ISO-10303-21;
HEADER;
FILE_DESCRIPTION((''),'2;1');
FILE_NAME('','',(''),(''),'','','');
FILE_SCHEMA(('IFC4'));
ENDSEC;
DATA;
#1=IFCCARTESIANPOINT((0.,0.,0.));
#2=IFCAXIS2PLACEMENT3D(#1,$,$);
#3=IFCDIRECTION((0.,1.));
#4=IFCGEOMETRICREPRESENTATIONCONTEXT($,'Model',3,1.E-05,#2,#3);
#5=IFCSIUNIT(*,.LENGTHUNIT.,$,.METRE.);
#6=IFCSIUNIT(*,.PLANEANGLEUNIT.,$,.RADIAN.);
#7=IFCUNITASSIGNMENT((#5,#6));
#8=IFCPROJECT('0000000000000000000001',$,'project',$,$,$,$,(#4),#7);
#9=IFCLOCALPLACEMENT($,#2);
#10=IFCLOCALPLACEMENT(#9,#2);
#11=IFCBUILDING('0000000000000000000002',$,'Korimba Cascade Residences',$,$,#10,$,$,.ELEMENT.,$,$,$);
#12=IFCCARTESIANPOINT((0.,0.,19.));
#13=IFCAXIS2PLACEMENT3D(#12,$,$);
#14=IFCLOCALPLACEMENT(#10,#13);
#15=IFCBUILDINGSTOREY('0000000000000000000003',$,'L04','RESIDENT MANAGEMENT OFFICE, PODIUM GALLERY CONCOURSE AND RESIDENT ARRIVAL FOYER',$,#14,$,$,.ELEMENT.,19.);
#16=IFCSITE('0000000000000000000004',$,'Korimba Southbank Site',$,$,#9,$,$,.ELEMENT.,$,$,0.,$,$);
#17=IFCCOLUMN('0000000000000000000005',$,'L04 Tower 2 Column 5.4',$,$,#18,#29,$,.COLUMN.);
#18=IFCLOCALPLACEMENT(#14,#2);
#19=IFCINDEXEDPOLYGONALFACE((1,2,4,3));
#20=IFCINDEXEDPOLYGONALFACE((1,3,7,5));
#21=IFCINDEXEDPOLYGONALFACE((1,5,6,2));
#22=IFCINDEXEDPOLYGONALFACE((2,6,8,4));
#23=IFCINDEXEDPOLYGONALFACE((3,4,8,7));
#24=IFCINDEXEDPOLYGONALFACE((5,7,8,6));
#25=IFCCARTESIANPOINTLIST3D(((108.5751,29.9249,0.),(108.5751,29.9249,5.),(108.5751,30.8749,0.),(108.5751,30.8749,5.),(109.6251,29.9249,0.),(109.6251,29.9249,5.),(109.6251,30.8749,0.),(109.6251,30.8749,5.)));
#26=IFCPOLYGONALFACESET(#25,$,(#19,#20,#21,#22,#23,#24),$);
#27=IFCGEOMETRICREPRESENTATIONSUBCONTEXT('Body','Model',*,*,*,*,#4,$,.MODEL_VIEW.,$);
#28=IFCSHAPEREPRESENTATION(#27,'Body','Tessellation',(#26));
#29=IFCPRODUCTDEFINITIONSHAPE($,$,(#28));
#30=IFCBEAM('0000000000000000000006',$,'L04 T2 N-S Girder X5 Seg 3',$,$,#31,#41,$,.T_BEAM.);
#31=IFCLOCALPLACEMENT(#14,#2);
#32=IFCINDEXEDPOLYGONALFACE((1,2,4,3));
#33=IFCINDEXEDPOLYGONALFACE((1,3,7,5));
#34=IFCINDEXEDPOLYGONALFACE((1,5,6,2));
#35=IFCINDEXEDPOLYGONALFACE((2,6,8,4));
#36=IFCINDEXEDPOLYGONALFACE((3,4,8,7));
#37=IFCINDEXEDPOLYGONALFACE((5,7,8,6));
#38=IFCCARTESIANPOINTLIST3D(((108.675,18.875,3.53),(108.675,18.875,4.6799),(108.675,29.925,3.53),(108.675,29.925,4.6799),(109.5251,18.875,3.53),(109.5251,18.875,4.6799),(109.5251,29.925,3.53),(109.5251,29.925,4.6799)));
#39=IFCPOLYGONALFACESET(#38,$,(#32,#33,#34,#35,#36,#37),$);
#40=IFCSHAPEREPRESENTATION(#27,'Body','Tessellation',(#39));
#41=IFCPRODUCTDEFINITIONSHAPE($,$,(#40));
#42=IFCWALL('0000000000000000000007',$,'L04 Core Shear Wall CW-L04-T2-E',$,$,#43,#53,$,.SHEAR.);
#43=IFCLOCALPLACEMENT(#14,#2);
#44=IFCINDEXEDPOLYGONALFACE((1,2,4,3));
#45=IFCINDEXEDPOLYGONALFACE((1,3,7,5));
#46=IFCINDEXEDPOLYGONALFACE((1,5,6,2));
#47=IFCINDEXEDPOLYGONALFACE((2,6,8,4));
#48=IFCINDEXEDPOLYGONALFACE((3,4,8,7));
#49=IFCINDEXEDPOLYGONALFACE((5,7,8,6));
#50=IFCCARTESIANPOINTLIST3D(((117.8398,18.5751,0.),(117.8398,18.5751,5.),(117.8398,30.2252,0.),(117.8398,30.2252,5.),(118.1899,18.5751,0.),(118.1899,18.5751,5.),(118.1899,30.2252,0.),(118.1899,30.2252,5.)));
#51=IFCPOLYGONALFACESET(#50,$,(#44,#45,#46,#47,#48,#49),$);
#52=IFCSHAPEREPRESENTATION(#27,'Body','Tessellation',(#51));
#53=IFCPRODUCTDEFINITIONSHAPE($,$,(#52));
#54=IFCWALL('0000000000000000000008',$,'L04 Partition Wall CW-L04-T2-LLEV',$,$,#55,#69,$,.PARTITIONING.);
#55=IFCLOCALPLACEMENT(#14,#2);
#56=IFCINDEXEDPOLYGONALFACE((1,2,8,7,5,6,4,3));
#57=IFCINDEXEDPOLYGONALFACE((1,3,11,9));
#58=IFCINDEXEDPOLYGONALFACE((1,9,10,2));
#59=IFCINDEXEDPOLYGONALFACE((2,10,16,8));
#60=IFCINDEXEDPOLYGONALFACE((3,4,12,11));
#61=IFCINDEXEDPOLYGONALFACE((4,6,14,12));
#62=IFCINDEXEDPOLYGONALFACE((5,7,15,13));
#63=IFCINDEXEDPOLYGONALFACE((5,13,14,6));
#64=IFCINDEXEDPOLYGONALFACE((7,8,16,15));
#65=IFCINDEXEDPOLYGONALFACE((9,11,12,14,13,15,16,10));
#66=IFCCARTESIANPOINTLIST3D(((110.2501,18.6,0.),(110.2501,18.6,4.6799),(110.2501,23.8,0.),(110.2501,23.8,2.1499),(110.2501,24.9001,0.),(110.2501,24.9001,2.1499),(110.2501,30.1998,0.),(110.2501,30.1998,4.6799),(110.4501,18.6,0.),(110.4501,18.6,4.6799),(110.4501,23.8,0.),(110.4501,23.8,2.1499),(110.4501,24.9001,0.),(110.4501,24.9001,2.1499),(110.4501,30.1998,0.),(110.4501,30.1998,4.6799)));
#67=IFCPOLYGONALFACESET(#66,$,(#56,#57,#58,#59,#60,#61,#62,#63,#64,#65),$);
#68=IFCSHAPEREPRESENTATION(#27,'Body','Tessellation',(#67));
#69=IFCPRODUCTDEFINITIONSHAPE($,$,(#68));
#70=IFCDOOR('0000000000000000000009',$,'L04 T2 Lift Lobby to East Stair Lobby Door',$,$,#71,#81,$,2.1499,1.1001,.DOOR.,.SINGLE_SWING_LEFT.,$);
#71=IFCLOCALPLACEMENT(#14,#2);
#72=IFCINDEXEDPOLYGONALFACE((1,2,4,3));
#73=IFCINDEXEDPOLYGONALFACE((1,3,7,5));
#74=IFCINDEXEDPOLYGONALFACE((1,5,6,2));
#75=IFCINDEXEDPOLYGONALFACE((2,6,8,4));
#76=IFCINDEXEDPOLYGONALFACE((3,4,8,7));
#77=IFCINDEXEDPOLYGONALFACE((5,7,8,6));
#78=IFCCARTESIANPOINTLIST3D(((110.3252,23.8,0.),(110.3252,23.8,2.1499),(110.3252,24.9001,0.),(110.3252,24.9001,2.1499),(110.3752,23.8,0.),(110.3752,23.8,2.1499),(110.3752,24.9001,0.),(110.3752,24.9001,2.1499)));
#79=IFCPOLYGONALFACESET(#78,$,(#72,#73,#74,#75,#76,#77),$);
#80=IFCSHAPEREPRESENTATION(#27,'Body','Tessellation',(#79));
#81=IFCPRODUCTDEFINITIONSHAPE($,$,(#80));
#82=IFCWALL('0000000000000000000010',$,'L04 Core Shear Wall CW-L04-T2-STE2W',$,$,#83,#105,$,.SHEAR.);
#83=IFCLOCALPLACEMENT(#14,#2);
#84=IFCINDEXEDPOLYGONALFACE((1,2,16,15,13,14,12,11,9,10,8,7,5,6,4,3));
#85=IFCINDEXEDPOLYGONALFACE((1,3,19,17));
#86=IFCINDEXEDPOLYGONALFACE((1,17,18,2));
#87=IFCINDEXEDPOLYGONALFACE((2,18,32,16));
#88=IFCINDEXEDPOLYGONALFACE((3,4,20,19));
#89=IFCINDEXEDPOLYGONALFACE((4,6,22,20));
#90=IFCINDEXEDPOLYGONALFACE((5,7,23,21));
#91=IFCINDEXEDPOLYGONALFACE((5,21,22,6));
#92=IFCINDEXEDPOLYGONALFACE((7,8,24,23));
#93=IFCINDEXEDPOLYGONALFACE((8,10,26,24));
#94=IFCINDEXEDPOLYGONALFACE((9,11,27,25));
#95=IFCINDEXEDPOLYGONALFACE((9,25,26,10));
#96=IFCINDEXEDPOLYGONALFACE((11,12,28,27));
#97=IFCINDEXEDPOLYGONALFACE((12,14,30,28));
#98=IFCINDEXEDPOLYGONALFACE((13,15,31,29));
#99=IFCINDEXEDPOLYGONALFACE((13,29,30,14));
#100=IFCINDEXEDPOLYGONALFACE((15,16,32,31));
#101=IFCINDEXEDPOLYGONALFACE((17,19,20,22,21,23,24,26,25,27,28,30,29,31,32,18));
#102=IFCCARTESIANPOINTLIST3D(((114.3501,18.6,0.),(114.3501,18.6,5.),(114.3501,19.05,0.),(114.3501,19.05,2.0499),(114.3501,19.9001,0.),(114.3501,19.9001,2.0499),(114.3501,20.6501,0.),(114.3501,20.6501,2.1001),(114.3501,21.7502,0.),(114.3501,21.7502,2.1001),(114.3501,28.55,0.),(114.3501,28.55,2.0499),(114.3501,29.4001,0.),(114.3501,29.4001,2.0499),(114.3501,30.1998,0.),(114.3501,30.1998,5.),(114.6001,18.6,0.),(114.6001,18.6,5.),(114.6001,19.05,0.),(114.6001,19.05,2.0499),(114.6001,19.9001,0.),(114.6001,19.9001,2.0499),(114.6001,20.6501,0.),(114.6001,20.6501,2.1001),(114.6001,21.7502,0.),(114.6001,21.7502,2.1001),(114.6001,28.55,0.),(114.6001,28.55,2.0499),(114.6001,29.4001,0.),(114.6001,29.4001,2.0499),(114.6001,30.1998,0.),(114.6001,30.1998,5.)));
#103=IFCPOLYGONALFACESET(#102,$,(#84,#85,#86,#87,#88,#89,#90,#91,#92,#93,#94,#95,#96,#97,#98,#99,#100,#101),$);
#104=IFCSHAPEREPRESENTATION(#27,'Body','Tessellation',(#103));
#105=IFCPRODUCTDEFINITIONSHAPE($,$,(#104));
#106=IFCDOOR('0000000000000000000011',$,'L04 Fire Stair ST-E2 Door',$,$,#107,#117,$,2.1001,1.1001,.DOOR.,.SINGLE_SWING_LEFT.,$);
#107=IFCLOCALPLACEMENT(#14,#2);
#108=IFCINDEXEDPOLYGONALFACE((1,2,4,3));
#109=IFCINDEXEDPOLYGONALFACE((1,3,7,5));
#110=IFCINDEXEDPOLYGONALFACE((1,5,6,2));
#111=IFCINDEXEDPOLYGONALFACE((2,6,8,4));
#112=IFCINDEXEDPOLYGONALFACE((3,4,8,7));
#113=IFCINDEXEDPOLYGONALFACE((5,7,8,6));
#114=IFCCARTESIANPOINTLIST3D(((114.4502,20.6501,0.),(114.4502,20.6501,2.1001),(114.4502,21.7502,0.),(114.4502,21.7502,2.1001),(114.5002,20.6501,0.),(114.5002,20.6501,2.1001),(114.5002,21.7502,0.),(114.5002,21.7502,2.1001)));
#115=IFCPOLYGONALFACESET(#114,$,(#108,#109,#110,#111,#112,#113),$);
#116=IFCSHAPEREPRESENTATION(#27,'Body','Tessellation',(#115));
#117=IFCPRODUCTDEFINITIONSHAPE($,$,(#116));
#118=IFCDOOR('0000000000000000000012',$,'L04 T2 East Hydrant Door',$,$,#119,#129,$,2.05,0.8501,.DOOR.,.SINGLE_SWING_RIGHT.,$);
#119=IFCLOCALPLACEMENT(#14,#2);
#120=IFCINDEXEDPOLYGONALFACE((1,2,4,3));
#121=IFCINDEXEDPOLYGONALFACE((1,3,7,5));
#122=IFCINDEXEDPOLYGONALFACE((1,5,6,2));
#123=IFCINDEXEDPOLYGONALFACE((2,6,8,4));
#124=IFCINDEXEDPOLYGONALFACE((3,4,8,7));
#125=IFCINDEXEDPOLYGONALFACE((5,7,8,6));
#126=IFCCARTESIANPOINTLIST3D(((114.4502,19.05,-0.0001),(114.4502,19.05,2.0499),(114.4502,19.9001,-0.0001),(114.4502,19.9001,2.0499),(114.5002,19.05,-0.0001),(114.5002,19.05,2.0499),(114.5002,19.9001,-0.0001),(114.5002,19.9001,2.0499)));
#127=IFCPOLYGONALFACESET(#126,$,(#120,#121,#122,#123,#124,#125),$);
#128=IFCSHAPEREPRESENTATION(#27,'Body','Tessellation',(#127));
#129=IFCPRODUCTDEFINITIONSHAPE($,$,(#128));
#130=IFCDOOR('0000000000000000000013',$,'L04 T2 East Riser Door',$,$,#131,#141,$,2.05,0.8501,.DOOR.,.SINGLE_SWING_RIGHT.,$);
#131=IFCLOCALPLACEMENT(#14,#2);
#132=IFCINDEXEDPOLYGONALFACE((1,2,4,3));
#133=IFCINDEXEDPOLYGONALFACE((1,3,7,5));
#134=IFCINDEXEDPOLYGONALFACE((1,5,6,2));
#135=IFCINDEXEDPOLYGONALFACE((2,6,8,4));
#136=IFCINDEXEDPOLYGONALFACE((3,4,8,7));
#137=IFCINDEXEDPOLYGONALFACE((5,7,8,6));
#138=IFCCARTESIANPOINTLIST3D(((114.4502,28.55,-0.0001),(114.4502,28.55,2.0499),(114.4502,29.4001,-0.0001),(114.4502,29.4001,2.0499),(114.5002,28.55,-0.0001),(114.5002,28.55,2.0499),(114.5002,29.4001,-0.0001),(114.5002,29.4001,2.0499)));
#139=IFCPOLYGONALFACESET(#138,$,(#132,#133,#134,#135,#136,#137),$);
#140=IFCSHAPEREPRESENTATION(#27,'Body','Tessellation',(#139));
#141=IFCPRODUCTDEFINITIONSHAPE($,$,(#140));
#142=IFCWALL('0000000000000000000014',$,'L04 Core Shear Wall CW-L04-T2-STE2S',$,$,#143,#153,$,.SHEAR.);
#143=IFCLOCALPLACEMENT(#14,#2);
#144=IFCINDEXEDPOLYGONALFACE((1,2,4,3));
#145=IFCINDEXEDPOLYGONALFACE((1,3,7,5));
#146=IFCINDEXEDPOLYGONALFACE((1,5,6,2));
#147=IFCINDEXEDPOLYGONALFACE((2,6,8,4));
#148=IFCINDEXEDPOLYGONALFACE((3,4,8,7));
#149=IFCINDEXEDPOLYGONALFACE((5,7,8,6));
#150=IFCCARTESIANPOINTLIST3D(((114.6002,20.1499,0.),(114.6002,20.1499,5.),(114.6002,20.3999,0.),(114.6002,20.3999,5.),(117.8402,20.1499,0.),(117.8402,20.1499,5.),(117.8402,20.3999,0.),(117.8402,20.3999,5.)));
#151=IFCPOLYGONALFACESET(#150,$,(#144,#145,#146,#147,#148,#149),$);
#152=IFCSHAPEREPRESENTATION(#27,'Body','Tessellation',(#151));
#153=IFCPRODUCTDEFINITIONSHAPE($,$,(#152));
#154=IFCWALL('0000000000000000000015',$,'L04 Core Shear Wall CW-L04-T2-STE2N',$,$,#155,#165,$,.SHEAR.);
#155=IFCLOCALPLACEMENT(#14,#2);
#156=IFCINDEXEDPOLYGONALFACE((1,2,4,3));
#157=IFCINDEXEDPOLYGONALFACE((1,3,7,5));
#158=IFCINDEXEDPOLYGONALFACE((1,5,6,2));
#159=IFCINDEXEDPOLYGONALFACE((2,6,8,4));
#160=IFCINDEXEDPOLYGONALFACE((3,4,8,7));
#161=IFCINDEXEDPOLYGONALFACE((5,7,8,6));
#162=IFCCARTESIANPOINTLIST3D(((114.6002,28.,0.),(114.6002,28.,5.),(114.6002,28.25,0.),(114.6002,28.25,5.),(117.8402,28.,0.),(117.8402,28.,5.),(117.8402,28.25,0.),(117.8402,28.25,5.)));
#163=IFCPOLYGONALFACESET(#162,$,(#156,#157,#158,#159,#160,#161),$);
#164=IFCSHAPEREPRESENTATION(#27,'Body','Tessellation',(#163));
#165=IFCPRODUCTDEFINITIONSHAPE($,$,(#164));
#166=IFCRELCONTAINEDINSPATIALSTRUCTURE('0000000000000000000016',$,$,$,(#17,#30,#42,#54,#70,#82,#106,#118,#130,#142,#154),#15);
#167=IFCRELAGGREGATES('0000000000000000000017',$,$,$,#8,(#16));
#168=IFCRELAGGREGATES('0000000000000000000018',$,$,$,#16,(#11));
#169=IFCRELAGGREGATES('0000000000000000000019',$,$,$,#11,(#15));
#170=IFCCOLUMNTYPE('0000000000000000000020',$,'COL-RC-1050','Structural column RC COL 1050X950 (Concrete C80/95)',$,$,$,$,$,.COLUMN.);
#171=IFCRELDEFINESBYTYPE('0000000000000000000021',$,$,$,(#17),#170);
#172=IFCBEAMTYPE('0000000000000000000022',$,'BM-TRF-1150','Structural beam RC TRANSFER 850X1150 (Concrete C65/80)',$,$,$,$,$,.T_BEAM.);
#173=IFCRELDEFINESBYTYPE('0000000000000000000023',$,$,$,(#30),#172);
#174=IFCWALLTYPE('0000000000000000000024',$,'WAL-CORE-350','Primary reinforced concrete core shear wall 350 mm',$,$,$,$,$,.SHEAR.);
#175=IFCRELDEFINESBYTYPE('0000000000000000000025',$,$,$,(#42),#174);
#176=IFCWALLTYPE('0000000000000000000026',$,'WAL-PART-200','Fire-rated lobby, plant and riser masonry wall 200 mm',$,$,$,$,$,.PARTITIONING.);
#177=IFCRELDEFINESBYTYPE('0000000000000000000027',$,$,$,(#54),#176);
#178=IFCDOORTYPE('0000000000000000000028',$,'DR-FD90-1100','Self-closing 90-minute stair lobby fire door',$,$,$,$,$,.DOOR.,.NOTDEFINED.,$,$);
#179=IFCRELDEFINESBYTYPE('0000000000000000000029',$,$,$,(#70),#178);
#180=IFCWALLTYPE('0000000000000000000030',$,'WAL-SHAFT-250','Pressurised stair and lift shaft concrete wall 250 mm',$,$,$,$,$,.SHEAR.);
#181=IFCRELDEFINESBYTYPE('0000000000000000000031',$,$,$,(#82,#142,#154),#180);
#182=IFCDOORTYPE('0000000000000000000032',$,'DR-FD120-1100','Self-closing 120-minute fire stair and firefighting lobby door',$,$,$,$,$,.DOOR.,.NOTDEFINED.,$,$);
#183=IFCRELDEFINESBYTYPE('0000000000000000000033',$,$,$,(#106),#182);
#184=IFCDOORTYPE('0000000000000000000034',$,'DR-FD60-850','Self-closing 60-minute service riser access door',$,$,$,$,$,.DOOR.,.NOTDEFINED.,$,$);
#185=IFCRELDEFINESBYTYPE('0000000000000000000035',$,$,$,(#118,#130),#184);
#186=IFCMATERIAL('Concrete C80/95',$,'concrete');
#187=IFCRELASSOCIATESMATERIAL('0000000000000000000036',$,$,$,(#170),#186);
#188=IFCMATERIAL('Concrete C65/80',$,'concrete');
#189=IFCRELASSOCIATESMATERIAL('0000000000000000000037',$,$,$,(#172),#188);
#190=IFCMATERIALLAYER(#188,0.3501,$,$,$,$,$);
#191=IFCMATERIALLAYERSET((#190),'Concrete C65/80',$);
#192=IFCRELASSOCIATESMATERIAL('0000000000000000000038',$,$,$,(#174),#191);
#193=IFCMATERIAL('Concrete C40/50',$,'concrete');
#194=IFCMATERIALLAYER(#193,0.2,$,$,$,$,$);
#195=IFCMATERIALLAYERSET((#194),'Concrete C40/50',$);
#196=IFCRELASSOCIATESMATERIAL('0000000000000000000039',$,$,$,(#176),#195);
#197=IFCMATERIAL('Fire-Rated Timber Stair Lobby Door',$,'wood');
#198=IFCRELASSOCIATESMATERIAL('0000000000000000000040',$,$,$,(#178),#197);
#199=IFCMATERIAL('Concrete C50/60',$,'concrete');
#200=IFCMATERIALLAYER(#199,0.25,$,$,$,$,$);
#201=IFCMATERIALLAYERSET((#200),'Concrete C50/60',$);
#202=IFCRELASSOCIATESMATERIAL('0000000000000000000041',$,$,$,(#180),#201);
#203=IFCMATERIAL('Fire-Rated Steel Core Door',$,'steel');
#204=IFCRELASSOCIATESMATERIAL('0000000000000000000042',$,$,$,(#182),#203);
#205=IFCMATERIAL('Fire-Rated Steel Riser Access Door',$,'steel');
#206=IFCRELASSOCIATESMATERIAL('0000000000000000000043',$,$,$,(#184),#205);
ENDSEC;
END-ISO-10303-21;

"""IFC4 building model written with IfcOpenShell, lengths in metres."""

from ifc_helpers import new_model, si_unit, direction, frame, frame_2d, origin, origin_2d, place, context, subcontext, project, spatial, rectangle, extrude, material, layer, layer_set, material_profile, profile_set, type_object, element, fill, save


model = new_model("IFC4")

# Units and contexts
model_context = context("Model", 3, precision=1e-05, world=origin(), true_north=direction((0.0, 1.0)))
body_context = subcontext(model_context, "Body", "Model", "MODEL_VIEW")
ifc_project = project(units=[si_unit("LENGTHUNIT", "METRE"), si_unit("PLANEANGLEUNIT", "RADIAN")], contexts=[model_context])

# Site, building, storey
site_placement = place(None, origin())
site = spatial("IfcSite", under=ifc_project, at=site_placement, Name="Korimba Southbank Site", CompositionType="ELEMENT", RefElevation=0.0)
building_placement = place(site_placement, origin())
building = spatial("IfcBuilding", under=site, at=building_placement, Name="Korimba Cascade Residences", CompositionType="ELEMENT")
storey_placement = place(building_placement, frame((0.0, 0.0, 19.0)))
storey = spatial("IfcBuildingStorey", under=building, at=storey_placement, Name="L04", Description="RESIDENT MANAGEMENT OFFICE, PODIUM GALLERY CONCOURSE AND RESIDENT ARRIVAL FOYER", CompositionType="ELEMENT", Elevation=19.0)

# Column
ifc_material_1 = material(Name="Concrete C80/95", Category="concrete")
ifc_material_profile_1 = material_profile(ifc_material_1, rectangle(XDim=1.05, YDim=0.95, at=origin_2d()), Name="Concrete C80/95")
ifc_profile_set_1 = profile_set([ifc_material_profile_1], Name="Concrete C80/95")
column_type = type_object("IfcColumnType", Name="COL-RC-1050", Description="Structural column RC COL 1050X950 (Concrete C80/95)", PredefinedType="COLUMN", material=ifc_profile_set_1)
column_placement = place(storey_placement, frame((109.1001, 30.3999, 0.0), z_axis=(0.0, 0.0, 1.0), x_axis=(1.0, 0.0, 0.0)))
element("IfcColumn", 1, at=column_placement, inside=storey, type_object=column_type, Name="L04 Tower 2 Column 5.4", PredefinedType="COLUMN", context=body_context, shape_type="SweptSolid", body=[
    extrude(rectangle(XDim=1.05, YDim=0.95, at=origin_2d()), origin(), (0.0, 0.0, 1.0), 5.0),
])

# Beam
ifc_material_2 = material(Name="Concrete C65/80", Category="concrete")
ifc_material_profile_2 = material_profile(ifc_material_2, rectangle(XDim=0.8501, YDim=1.1499, at=origin_2d()), Name="Concrete C65/80")
ifc_profile_set_2 = profile_set([ifc_material_profile_2], Name="Concrete C65/80")
beam_type = type_object("IfcBeamType", Name="BM-TRF-1150", Description="Structural beam RC TRANSFER 850X1150 (Concrete C65/80)", PredefinedType="T_BEAM", material=ifc_profile_set_2)
beam_placement = place(storey_placement, frame((109.1001, 18.875, 4.105), z_axis=(0.0, 1.0, 0.0), x_axis=(-1.0, 0.0, 0.0)))
element("IfcBeam", 2, at=beam_placement, inside=storey, type_object=beam_type, Name="L04 T2 N-S Girder X5 Seg 3", PredefinedType="T_BEAM", context=body_context, shape_type="SweptSolid", body=[
    extrude(rectangle(XDim=0.8501, YDim=1.1499, at=origin_2d()), origin(), (0.0, 0.0, 1.0), 11.05),
])

# Wall
ifc_layer_1 = layer(ifc_material_2, 0.3501)
ifc_layer_set_1 = layer_set([ifc_layer_1], Name="Concrete C65/80")
wall_type_1 = type_object("IfcWallType", Name="WAL-CORE-350", Description="Primary reinforced concrete core shear wall 350 mm", PredefinedType="SHEAR", material=ifc_layer_set_1)
wall_1_placement = place(storey_placement, frame((118.0149, 18.575, 0.0), z_axis=(0.0, 0.0, 1.0), x_axis=(0.0, 1.0, 0.0)))
element("IfcWall", 3, at=wall_1_placement, inside=storey, type_object=wall_type_1, Name="L04 Core Shear Wall CW-L04-T2-E", PredefinedType="SHEAR", context=body_context, shape_type="SweptSolid", body=[
    extrude(rectangle(XDim=11.6501, YDim=0.3501, at=frame_2d((5.8252, 0.0))), origin(), (0.0, 0.0, 1.0), 5.0),
])

# Wall, opening, door
ifc_material_3 = material(Name="Concrete C40/50", Category="concrete")
ifc_layer_2 = layer(ifc_material_3, 0.2)
ifc_layer_set_2 = layer_set([ifc_layer_2], Name="Concrete C40/50")
wall_type_2 = type_object("IfcWallType", Name="WAL-PART-200", Description="Fire-rated lobby, plant and riser masonry wall 200 mm", PredefinedType="PARTITIONING", material=ifc_layer_set_2)
wall_2_placement = place(storey_placement, frame((110.3501, 18.6001, 0.0), z_axis=(0.0, 0.0, 1.0), x_axis=(0.0, 1.0, 0.0)))
wall_2 = element("IfcWall", 4, at=wall_2_placement, inside=storey, type_object=wall_type_2, Name="L04 Partition Wall CW-L04-T2-LLEV", PredefinedType="PARTITIONING", context=body_context, shape_type="SweptSolid", body=[
    extrude(rectangle(XDim=11.5999, YDim=0.2, at=frame_2d((5.7998, 0.0))), origin(), (0.0, 0.0, 1.0), 4.6799),
])
opening_1_placement = place(wall_2_placement, frame((5.2, 0.0, 0.0)))
opening_1 = element("IfcOpeningElement", 5, at=opening_1_placement, cuts=wall_2, PredefinedType="OPENING", context=body_context, shape_type="SweptSolid", body=[
    extrude(rectangle(XDim=1.1001, YDim=2.1499, at=frame_2d((0.55, 1.075))), frame((0.0, 0.1099, 0.0), z_axis=(0.0, -1.0, 0.0), x_axis=(1.0, 0.0, 0.0)), (0.0, 0.0, 1.0), 0.22),
])
ifc_material_4 = material(Name="Fire-Rated Timber Stair Lobby Door", Category="wood")
door_type_1 = type_object("IfcDoorType", Name="DR-FD90-1100", Description="Self-closing 90-minute stair lobby fire door", OperationType="NOTDEFINED", PredefinedType="DOOR", material=ifc_material_4)
door_1_placement = place(opening_1_placement, origin())
door_1 = element("IfcDoor", 6, at=door_1_placement, inside=storey, type_object=door_type_1, Name="L04 T2 Lift Lobby to East Stair Lobby Door", OperationType="SINGLE_SWING_LEFT", OverallHeight=2.1499, OverallWidth=1.1001, PredefinedType="DOOR", context=body_context, shape_type="SweptSolid", body=[
    extrude(rectangle(XDim=1.1001, YDim=2.1499, at=frame_2d((0.55, 1.075))), frame((0.0, 0.0249, 0.0), z_axis=(0.0, -1.0, 0.0), x_axis=(1.0, 0.0, 0.0)), (0.0, 0.0, 1.0), 0.05),
])
fill(opening_1, door_1)

# Wall, openings, doors
ifc_material_5 = material(Name="Concrete C50/60", Category="concrete")
ifc_layer_3 = layer(ifc_material_5, 0.25)
ifc_layer_set_3 = layer_set([ifc_layer_3], Name="Concrete C50/60")
wall_type_3 = type_object("IfcWallType", Name="WAL-SHAFT-250", Description="Pressurised stair and lift shaft concrete wall 250 mm", PredefinedType="SHEAR", material=ifc_layer_set_3)
wall_3_placement = place(storey_placement, frame((114.4751, 18.6001, 0.0), z_axis=(0.0, 0.0, 1.0), x_axis=(0.0, 1.0, 0.0)))
wall_3 = element("IfcWall", 7, at=wall_3_placement, inside=storey, type_object=wall_type_3, Name="L04 Core Shear Wall CW-L04-T2-STE2W", PredefinedType="SHEAR", context=body_context, shape_type="SweptSolid", body=[
    extrude(rectangle(XDim=11.5999, YDim=0.25, at=frame_2d((5.7998, 0.0))), origin(), (0.0, 0.0, 1.0), 5.0),
])
opening_2_placement = place(wall_3_placement, frame((0.45, 0.0, 0.0)))
opening_2 = element("IfcOpeningElement", 8, at=opening_2_placement, cuts=wall_3, PredefinedType="OPENING", context=body_context, shape_type="SweptSolid", body=[
    extrude(rectangle(XDim=0.8501, YDim=2.05, at=frame_2d((0.425, 1.0249))), frame((0.0, 0.135, 0.0), z_axis=(0.0, -1.0, 0.0), x_axis=(1.0, 0.0, 0.0)), (0.0, 0.0, 1.0), 0.27),
])
opening_3_placement = place(wall_3_placement, frame((2.05, 0.0, 0.0)))
opening_3 = element("IfcOpeningElement", 9, at=opening_3_placement, cuts=wall_3, PredefinedType="OPENING", context=body_context, shape_type="SweptSolid", body=[
    extrude(rectangle(XDim=1.1001, YDim=2.1001, at=frame_2d((0.55, 1.05))), frame((0.0, 0.135, 0.0), z_axis=(0.0, -1.0, 0.0), x_axis=(1.0, 0.0, 0.0)), (0.0, 0.0, 1.0), 0.27),
])
opening_4_placement = place(wall_3_placement, frame((9.95, 0.0, 0.0)))
opening_4 = element("IfcOpeningElement", 10, at=opening_4_placement, cuts=wall_3, PredefinedType="OPENING", context=body_context, shape_type="SweptSolid", body=[
    extrude(rectangle(XDim=0.8501, YDim=2.05, at=frame_2d((0.425, 1.0249))), frame((0.0, 0.135, 0.0), z_axis=(0.0, -1.0, 0.0), x_axis=(1.0, 0.0, 0.0)), (0.0, 0.0, 1.0), 0.27),
])
ifc_material_6 = material(Name="Fire-Rated Steel Core Door", Category="steel")
door_type_2 = type_object("IfcDoorType", Name="DR-FD120-1100", Description="Self-closing 120-minute fire stair and firefighting lobby door", OperationType="NOTDEFINED", PredefinedType="DOOR", material=ifc_material_6)
door_2_placement = place(opening_3_placement, origin())
door_2 = element("IfcDoor", 11, at=door_2_placement, inside=storey, type_object=door_type_2, Name="L04 Fire Stair ST-E2 Door", OperationType="SINGLE_SWING_LEFT", OverallHeight=2.1001, OverallWidth=1.1001, PredefinedType="DOOR", context=body_context, shape_type="SweptSolid", body=[
    extrude(rectangle(XDim=1.1001, YDim=2.1001, at=frame_2d((0.55, 1.05))), frame((0.0, 0.0249, 0.0), z_axis=(0.0, -1.0, 0.0), x_axis=(1.0, 0.0, 0.0)), (0.0, 0.0, 1.0), 0.05),
])
fill(opening_3, door_2)
ifc_material_7 = material(Name="Fire-Rated Steel Riser Access Door", Category="steel")
door_type_3 = type_object("IfcDoorType", Name="DR-FD60-850", Description="Self-closing 60-minute service riser access door", OperationType="NOTDEFINED", PredefinedType="DOOR", material=ifc_material_7)
door_3_placement = place(opening_2_placement, origin())
door_3 = element("IfcDoor", 12, at=door_3_placement, inside=storey, type_object=door_type_3, Name="L04 T2 East Hydrant Door", OperationType="SINGLE_SWING_RIGHT", OverallHeight=2.05, OverallWidth=0.8501, PredefinedType="DOOR", context=body_context, shape_type="SweptSolid", body=[
    extrude(rectangle(XDim=0.8501, YDim=2.05, at=frame_2d((0.425, 1.0249))), frame((0.0, 0.0249, 0.0), z_axis=(0.0, -1.0, 0.0), x_axis=(1.0, 0.0, 0.0)), (0.0, 0.0, 1.0), 0.05),
])
fill(opening_2, door_3)
door_4_placement = place(opening_4_placement, origin())
door_4 = element("IfcDoor", 13, at=door_4_placement, inside=storey, type_object=door_type_3, Name="L04 T2 East Riser Door", OperationType="SINGLE_SWING_RIGHT", OverallHeight=2.05, OverallWidth=0.8501, PredefinedType="DOOR", context=body_context, shape_type="SweptSolid", body=[
    extrude(rectangle(XDim=0.8501, YDim=2.05, at=frame_2d((0.425, 1.0249))), frame((0.0, 0.0249, 0.0), z_axis=(0.0, -1.0, 0.0), x_axis=(1.0, 0.0, 0.0)), (0.0, 0.0, 1.0), 0.05),
])
fill(opening_4, door_4)

# Walls
for number, where, z_axis, x_axis, name in (
    (14, (114.6001, 20.2749, 0.0), (0.0, 0.0, 1.0), (1.0, 0.0, 0.0), "L04 Core Shear Wall CW-L04-T2-STE2S"),
    (15, (114.6001, 28.125, 0.0), (0.0, 0.0, 1.0), (1.0, 0.0, 0.0), "L04 Core Shear Wall CW-L04-T2-STE2N"),
):
    element("IfcWall", number, at=place(storey_placement, frame(where, z_axis=z_axis, x_axis=x_axis)), inside=storey, type_object=wall_type_3, Name=name, PredefinedType="SHEAR", context=body_context, shape_type="SweptSolid", body=[
        extrude(rectangle(XDim=3.24, YDim=0.25, at=frame_2d((1.6201, 0.0))), origin(), (0.0, 0.0, 1.0), 5.0),
    ])

save(model, "model.ifc")
